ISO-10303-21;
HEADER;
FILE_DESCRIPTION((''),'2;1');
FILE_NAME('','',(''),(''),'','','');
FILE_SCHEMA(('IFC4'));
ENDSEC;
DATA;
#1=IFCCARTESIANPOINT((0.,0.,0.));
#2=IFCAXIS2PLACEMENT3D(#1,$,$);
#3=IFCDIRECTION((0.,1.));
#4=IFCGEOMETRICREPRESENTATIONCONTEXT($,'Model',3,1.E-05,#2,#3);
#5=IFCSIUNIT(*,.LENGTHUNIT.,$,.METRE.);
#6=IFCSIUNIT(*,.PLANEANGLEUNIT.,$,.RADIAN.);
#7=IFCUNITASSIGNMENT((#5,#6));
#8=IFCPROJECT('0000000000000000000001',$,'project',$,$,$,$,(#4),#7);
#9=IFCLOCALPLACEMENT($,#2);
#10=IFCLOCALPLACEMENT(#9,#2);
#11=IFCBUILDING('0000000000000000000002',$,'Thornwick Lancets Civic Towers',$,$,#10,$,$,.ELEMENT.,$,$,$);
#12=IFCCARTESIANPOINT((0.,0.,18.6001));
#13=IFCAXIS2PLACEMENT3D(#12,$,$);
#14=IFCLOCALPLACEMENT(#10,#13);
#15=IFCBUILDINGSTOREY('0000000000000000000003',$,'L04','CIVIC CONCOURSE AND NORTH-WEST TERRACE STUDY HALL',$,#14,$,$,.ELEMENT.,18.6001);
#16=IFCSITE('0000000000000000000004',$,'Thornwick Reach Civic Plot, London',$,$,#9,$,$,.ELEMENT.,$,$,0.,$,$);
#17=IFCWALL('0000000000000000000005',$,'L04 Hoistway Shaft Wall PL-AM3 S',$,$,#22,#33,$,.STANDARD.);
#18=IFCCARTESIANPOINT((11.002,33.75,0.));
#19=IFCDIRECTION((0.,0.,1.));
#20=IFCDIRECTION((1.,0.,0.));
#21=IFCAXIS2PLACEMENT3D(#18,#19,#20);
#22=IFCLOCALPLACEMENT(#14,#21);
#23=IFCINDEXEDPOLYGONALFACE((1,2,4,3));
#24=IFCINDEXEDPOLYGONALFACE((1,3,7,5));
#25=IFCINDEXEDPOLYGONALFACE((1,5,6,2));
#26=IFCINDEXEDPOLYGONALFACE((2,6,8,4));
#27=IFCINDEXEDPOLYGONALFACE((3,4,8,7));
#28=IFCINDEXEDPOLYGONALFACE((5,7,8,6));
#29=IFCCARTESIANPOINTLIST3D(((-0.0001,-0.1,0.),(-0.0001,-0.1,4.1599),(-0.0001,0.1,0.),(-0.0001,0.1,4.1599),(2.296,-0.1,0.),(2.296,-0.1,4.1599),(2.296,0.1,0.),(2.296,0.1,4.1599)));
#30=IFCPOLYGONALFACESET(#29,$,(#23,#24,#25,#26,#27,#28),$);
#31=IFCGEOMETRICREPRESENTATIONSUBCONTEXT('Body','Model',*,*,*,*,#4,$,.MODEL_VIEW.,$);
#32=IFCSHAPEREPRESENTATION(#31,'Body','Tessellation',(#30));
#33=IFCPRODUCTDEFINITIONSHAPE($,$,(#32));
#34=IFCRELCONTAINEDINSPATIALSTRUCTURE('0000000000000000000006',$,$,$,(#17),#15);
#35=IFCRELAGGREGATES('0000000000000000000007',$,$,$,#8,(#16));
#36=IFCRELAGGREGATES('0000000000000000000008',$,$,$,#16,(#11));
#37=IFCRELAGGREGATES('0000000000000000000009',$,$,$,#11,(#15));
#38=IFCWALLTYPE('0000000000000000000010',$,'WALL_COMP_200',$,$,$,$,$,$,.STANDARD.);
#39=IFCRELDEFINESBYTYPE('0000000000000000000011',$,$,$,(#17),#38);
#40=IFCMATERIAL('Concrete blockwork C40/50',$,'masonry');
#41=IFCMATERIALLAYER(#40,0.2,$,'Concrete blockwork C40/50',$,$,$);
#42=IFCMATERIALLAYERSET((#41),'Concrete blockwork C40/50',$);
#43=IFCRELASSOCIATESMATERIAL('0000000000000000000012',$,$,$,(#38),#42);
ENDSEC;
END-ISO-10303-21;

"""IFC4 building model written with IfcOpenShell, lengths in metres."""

from ifc_helpers import new_model, si_unit, direction, frame, frame_2d, origin, place, context, subcontext, project, spatial, rectangle, extrude, material, layer, layer_set, type_object, element, save


model = new_model("IFC4")

# Units and contexts
model_context = context("Model", 3, precision=1e-05, world=origin(), true_north=direction((0.0, 1.0)))
body_context = subcontext(model_context, "Body", "Model", "MODEL_VIEW")
ifc_project = project(units=[si_unit("LENGTHUNIT", "METRE"), si_unit("PLANEANGLEUNIT", "RADIAN")], contexts=[model_context])

# Site, building, storey
site_placement = place(None, origin())
site = spatial("IfcSite", under=ifc_project, at=site_placement, Name="Thornwick Reach Civic Plot, London", CompositionType="ELEMENT", RefElevation=0.0)
building_placement = place(site_placement, origin())
building = spatial("IfcBuilding", under=site, at=building_placement, Name="Thornwick Lancets Civic Towers", CompositionType="ELEMENT")
storey_placement = place(building_placement, frame((0.0, 0.0, 18.6001)))
storey = spatial("IfcBuildingStorey", under=building, at=storey_placement, Name="L04", Description="CIVIC CONCOURSE AND NORTH-WEST TERRACE STUDY HALL", CompositionType="ELEMENT", Elevation=18.6001)

# Wall
ifc_material_1 = material(Name="Concrete blockwork C40/50", Category="masonry")
ifc_layer_1 = layer(ifc_material_1, 0.2, Name="Concrete blockwork C40/50")
ifc_layer_set_1 = layer_set([ifc_layer_1], Name="Concrete blockwork C40/50")
wall_type_1 = type_object("IfcWallType", Name="WALL_COMP_200", PredefinedType="STANDARD", material=ifc_layer_set_1)
wall_1_placement = place(storey_placement, frame((11.002, 33.75, 0.0), z_axis=(0.0, 0.0, 1.0), x_axis=(1.0, 0.0, 0.0)))
element("IfcWall", 1, at=wall_1_placement, inside=storey, type_object=wall_type_1, Name="L04 Hoistway Shaft Wall PL-AM3 S", PredefinedType="STANDARD", context=body_context, shape_type="SweptSolid", body=[
    extrude(rectangle(XDim=2.2961, YDim=0.2, at=frame_2d((1.1479, 0.0))), origin(), (0.0, 0.0, 1.0), 4.1599),
])

save(model, "model.ifc")
